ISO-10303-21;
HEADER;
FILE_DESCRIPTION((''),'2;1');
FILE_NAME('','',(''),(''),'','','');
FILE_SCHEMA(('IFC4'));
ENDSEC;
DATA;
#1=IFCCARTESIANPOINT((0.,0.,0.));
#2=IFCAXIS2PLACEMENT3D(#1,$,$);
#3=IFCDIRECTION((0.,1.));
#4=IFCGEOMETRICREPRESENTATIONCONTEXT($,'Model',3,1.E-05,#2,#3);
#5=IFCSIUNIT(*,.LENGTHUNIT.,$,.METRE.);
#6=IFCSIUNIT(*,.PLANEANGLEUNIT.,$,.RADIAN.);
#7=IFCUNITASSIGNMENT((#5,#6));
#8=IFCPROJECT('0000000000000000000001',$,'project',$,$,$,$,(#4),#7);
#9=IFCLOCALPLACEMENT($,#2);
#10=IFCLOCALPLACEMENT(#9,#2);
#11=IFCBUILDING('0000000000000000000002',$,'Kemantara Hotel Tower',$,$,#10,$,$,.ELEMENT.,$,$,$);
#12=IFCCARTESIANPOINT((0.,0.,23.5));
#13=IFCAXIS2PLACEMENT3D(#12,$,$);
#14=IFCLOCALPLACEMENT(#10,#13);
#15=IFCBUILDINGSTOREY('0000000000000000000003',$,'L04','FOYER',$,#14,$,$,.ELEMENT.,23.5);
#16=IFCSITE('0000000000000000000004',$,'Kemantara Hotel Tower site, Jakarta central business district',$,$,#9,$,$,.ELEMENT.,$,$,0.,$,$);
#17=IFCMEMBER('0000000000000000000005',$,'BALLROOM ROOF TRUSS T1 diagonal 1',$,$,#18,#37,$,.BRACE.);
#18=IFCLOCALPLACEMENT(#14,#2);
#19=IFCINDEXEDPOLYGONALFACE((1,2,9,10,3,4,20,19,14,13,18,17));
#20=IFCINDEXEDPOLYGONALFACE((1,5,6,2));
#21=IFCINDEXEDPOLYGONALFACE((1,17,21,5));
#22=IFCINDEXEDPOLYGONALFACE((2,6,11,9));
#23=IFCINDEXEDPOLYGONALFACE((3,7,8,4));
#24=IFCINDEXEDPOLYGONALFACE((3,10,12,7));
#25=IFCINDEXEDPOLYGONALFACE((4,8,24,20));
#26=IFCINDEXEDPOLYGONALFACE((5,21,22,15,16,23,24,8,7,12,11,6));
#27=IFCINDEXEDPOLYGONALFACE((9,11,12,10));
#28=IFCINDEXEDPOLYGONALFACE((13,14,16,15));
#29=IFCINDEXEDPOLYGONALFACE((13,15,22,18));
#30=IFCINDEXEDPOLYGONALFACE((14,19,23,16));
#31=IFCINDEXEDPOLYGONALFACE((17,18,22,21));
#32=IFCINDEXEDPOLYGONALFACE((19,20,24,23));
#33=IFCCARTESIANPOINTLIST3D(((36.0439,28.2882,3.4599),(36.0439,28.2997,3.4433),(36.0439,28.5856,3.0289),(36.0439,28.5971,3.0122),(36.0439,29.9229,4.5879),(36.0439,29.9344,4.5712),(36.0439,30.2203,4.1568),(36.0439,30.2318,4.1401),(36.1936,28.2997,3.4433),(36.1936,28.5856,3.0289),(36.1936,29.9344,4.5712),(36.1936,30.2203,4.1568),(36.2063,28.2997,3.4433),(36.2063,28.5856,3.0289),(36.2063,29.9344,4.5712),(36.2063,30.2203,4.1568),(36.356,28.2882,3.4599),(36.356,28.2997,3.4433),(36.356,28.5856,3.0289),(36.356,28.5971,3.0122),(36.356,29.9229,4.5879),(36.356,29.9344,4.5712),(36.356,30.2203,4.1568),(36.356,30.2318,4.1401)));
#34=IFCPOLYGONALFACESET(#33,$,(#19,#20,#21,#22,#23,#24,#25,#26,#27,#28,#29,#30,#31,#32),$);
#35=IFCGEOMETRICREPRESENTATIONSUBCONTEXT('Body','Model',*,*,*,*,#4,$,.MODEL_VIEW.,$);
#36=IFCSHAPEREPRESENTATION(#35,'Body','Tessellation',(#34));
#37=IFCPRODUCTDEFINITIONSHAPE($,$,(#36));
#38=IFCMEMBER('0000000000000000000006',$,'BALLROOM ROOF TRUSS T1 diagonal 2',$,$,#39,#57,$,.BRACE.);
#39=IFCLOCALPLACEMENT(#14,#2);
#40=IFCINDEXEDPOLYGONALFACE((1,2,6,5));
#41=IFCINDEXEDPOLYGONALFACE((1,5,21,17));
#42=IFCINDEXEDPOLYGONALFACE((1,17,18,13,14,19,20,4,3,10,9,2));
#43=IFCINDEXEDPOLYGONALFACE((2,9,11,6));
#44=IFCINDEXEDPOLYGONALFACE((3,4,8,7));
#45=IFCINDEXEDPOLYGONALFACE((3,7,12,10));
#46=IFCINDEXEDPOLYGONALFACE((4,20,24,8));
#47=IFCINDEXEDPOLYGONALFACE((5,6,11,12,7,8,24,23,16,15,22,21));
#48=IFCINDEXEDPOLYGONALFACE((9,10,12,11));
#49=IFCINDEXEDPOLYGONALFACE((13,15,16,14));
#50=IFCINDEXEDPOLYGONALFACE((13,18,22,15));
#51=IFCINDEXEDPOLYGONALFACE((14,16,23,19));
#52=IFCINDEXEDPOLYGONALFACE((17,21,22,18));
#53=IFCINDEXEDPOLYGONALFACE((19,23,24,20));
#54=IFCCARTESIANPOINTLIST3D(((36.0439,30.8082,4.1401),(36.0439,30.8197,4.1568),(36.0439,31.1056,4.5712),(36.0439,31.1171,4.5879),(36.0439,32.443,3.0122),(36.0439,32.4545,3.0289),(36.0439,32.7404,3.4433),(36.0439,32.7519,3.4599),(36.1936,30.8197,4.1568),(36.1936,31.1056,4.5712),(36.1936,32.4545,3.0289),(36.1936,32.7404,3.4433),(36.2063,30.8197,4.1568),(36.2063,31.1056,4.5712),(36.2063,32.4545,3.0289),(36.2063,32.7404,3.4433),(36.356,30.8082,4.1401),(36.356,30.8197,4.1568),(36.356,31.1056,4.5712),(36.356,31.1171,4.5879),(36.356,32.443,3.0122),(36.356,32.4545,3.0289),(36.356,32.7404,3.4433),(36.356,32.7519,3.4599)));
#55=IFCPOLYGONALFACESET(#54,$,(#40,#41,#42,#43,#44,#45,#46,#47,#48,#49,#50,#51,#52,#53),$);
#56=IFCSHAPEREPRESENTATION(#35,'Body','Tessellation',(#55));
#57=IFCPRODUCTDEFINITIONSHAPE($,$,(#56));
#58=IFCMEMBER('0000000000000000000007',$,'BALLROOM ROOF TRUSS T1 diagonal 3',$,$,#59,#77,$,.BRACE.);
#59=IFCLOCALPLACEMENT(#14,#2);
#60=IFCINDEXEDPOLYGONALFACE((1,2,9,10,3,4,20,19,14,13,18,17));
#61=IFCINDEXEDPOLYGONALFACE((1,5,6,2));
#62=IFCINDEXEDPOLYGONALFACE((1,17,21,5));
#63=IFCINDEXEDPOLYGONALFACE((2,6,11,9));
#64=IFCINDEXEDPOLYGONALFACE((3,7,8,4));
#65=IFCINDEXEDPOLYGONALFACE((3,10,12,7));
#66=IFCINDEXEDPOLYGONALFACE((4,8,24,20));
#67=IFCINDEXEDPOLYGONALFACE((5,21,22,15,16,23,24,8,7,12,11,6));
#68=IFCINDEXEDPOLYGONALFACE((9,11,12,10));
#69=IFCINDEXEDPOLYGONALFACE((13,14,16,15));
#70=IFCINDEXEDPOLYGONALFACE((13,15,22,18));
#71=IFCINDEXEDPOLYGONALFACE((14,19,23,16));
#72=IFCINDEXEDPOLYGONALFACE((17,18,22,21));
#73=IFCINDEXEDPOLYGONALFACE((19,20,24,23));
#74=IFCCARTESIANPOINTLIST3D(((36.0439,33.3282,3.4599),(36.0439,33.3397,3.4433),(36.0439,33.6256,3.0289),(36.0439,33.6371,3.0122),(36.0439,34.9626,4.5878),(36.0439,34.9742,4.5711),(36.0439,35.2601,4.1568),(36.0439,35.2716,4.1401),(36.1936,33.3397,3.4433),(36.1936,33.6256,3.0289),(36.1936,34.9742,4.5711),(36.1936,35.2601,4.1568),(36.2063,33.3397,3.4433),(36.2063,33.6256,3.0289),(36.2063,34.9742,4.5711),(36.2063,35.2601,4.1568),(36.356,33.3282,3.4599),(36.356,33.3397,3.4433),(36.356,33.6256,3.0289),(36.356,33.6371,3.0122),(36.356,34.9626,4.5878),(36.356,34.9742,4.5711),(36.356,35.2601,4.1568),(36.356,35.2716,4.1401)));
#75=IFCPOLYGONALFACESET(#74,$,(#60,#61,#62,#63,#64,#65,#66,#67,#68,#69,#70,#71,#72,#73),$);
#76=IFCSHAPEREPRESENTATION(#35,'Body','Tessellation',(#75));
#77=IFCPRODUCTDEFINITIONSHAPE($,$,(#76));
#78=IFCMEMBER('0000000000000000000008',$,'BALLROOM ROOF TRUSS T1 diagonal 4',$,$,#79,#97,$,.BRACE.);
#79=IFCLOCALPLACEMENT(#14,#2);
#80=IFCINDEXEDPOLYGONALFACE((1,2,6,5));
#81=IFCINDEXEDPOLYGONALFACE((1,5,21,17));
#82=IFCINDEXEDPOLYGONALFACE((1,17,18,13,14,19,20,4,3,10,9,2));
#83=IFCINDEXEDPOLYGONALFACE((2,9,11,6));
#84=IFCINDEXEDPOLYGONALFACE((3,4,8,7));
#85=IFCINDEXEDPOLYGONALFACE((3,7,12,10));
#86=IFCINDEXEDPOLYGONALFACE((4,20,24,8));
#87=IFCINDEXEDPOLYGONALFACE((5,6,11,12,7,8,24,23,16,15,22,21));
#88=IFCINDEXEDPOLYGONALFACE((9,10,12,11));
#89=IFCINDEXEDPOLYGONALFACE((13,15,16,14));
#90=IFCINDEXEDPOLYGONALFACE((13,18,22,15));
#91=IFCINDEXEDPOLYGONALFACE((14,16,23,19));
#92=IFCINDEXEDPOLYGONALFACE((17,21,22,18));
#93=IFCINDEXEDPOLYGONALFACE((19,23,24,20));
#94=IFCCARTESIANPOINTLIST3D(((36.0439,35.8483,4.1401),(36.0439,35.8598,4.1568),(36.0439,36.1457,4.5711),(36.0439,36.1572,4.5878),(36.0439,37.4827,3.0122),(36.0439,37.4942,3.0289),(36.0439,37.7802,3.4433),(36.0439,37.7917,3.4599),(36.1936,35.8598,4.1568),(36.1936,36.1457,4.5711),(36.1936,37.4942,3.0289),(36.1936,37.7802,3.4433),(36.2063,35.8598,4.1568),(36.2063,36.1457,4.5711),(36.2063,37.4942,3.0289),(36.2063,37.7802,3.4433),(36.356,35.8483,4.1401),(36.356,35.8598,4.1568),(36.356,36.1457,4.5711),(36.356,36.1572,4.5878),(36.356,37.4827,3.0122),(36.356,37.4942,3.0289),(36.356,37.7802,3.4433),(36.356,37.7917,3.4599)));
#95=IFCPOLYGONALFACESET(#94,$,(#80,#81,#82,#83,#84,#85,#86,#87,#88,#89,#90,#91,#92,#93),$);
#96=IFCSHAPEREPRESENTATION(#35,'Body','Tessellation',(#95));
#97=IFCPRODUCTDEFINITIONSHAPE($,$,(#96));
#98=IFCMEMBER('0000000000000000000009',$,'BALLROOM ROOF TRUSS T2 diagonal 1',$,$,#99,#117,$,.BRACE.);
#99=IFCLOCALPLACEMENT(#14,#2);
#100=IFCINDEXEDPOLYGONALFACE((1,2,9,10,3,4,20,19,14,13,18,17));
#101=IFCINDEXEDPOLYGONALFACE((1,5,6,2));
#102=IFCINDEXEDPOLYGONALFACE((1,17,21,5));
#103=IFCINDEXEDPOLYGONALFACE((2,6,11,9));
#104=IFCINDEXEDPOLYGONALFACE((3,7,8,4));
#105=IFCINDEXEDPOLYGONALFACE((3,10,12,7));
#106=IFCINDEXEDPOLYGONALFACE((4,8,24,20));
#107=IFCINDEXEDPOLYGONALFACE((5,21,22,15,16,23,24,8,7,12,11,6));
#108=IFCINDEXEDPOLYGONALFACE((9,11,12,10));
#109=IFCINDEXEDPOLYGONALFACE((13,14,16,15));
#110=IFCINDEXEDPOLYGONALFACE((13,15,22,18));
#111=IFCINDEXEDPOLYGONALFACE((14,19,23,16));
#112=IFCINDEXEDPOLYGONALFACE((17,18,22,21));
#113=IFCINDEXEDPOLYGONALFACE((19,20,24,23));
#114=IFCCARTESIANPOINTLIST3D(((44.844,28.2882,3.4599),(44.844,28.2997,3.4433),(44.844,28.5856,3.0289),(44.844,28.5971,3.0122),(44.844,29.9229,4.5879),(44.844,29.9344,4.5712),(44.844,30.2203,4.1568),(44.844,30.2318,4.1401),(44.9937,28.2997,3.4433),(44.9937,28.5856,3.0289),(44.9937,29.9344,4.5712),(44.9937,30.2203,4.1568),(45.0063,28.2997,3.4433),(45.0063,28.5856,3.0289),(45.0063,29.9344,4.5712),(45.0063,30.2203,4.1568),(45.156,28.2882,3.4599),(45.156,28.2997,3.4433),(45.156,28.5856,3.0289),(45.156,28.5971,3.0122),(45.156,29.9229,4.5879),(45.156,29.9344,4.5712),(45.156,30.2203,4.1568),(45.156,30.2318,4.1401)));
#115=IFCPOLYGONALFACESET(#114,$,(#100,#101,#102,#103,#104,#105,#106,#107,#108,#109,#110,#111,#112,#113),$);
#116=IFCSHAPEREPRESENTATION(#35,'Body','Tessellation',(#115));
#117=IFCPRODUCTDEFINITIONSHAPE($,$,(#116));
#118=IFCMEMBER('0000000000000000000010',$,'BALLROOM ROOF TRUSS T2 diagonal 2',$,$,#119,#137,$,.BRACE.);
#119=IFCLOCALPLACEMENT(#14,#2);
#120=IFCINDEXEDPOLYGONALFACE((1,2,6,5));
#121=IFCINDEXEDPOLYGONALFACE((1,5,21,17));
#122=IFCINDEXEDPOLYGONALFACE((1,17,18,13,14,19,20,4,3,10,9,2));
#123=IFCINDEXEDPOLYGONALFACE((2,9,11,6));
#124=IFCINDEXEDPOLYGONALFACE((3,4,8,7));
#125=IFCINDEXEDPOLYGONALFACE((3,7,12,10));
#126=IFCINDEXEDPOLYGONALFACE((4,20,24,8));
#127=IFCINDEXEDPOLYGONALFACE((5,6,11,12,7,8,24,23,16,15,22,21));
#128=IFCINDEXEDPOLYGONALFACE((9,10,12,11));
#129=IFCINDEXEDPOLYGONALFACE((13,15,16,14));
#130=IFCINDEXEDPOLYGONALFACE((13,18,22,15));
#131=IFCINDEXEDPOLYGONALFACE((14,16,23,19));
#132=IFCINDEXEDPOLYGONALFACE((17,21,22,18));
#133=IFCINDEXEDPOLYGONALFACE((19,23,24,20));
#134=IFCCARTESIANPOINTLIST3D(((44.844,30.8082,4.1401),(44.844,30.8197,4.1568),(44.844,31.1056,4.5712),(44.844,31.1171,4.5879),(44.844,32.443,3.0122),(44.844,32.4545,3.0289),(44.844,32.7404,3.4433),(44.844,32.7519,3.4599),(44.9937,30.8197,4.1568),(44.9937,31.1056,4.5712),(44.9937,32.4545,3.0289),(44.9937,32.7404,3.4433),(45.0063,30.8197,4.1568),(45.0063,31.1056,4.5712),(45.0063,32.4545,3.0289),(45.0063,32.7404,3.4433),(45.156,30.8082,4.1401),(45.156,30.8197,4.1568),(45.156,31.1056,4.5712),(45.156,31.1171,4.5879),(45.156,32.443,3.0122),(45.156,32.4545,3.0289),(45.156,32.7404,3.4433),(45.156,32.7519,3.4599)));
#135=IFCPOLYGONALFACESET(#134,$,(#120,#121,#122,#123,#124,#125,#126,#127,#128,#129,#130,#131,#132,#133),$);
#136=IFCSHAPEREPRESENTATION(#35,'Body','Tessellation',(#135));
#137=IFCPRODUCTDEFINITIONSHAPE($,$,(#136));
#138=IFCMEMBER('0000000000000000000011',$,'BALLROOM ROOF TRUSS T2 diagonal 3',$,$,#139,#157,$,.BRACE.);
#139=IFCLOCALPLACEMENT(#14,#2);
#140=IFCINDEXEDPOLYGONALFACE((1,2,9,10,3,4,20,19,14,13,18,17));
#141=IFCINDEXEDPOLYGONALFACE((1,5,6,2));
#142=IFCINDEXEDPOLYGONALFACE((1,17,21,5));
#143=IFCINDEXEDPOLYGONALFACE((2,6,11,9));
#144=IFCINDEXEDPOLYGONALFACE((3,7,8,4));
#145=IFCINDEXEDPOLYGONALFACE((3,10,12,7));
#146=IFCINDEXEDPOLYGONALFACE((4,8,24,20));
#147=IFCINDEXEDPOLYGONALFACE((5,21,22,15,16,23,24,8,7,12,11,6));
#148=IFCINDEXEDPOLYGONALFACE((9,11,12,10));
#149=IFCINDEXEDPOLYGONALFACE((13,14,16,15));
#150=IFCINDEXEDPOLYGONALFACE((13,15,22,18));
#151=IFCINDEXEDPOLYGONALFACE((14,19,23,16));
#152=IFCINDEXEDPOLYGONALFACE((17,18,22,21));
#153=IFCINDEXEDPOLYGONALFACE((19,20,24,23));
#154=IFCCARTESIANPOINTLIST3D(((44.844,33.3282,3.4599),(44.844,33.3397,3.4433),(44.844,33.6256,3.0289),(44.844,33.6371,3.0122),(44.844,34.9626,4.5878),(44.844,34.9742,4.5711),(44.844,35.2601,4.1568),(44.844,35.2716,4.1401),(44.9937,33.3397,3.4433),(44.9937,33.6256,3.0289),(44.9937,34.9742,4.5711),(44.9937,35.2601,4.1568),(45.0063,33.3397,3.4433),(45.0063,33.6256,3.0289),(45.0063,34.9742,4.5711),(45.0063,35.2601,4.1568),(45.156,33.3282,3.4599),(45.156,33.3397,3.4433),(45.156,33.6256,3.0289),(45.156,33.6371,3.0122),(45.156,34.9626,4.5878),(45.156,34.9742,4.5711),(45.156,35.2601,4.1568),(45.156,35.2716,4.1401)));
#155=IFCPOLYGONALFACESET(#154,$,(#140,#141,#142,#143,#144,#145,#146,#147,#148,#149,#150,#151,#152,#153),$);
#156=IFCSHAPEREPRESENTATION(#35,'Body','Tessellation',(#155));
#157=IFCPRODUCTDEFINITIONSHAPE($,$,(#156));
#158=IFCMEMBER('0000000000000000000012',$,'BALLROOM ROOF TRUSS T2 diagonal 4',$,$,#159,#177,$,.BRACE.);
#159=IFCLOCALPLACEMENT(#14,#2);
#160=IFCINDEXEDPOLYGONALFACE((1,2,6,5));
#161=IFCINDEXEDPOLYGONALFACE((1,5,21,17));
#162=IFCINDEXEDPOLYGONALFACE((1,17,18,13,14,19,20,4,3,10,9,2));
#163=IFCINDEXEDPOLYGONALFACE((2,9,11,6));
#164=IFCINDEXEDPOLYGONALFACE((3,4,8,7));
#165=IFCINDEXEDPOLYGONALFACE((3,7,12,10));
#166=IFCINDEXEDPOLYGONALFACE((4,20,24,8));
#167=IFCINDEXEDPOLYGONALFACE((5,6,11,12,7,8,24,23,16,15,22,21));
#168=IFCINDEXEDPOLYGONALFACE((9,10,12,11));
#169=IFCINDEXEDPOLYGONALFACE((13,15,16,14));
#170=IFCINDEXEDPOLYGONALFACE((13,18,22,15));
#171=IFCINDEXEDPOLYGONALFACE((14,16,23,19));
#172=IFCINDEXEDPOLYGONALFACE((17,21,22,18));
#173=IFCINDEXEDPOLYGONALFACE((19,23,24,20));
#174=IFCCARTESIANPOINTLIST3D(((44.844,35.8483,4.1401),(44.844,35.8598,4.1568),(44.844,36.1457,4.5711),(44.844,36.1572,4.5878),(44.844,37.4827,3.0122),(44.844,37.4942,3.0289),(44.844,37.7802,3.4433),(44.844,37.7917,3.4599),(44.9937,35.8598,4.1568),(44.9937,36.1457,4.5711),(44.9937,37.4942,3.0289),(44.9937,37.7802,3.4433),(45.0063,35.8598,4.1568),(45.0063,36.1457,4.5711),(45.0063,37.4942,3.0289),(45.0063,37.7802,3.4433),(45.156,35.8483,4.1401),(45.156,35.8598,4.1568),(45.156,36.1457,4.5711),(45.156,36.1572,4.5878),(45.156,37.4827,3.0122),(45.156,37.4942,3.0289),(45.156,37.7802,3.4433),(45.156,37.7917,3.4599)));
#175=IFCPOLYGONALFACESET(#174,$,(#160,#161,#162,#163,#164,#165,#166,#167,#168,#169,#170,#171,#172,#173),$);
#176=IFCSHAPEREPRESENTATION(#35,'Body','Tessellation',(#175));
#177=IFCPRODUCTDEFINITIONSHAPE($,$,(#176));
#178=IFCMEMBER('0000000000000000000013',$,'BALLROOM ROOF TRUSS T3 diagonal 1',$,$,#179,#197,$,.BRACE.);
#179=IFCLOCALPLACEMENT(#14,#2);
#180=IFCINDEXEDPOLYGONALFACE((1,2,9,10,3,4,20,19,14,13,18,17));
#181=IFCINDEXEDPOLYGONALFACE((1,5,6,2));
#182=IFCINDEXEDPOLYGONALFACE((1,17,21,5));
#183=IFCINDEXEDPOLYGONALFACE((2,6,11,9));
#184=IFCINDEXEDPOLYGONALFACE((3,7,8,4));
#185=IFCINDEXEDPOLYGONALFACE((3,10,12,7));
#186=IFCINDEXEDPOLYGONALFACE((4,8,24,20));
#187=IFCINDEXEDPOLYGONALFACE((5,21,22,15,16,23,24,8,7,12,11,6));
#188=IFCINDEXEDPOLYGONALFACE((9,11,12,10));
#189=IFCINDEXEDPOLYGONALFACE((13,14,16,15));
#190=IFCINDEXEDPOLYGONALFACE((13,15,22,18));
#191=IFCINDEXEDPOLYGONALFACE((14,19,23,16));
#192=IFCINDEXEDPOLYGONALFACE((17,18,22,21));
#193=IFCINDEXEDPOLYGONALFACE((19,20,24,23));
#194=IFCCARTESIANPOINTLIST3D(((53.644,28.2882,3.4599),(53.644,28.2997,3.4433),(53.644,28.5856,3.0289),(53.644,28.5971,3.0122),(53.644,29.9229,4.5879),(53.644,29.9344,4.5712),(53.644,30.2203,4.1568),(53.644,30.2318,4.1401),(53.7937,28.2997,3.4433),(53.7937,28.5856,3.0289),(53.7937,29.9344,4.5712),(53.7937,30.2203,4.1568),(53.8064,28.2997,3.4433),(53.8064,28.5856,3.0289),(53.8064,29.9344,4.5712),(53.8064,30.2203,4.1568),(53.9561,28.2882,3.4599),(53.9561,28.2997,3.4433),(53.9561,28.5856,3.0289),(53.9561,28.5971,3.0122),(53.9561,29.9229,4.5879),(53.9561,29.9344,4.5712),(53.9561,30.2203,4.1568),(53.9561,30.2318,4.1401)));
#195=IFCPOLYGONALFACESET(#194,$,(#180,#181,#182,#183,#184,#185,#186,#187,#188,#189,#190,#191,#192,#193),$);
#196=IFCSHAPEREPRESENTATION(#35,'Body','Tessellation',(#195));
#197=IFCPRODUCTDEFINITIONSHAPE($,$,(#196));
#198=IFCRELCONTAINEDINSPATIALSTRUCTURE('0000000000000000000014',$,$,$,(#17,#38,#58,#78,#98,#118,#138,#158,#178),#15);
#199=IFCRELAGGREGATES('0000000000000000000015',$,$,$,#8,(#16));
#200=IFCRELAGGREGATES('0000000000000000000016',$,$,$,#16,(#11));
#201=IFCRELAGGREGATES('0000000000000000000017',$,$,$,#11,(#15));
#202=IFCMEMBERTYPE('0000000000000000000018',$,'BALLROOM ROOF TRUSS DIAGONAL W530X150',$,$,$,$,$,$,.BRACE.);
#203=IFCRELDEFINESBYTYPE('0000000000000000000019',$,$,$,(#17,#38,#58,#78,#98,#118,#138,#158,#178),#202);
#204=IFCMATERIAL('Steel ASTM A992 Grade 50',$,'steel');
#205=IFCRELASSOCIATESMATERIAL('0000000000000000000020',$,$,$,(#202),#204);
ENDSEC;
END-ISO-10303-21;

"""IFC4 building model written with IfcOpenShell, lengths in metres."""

from ifc_helpers import new_model, si_unit, direction, frame, origin, origin_2d, place, context, subcontext, project, spatial, i_section, extrude, material, material_profile, profile_set, type_object, element, save


model = new_model("IFC4")

# Units and contexts
model_context = context("Model", 3, precision=1e-05, world=origin(), true_north=direction((0.0, 1.0)))
body_context = subcontext(model_context, "Body", "Model", "MODEL_VIEW")
ifc_project = project(units=[si_unit("LENGTHUNIT", "METRE"), si_unit("PLANEANGLEUNIT", "RADIAN")], contexts=[model_context])

# Site, building, storey
site_placement = place(None, origin())
site = spatial("IfcSite", under=ifc_project, at=site_placement, Name="Kemantara Hotel Tower site, Jakarta central business district", CompositionType="ELEMENT", RefElevation=0.0)
building_placement = place(site_placement, origin())
building = spatial("IfcBuilding", under=site, at=building_placement, Name="Kemantara Hotel Tower", CompositionType="ELEMENT")
storey_placement = place(building_placement, frame((0.0, 0.0, 23.5)))
storey = spatial("IfcBuildingStorey", under=building, at=storey_placement, Name="L04", Description="FOYER", CompositionType="ELEMENT", Elevation=23.5)

# Shared definitions
ifc_material_1 = material(Name="Steel ASTM A992 Grade 50", Category="steel")

# Members
ifc_material_profile_1 = material_profile(ifc_material_1, i_section(OverallWidth=0.312, OverallDepth=0.5439, WebThickness=0.0127, FlangeThickness=0.0203, at=origin_2d()), Name="W530X150")
ifc_profile_set_1 = profile_set([ifc_material_profile_1], Name="Steel ASTM A992 Grade 50")
member_type_1 = type_object("IfcMemberType", Name="BALLROOM ROOF TRUSS DIAGONAL W530X150", PredefinedType="BRACE", material=ifc_profile_set_1)
for number, where, z_axis, x_axis, name in (
    (1, (36.2, 28.4426, 3.2361), (0.0, 0.823094, 0.567905), (-1.0, 0.0, 0.0), "BALLROOM ROOF TRUSS T1 diagonal 1"),
    (2, (36.2, 32.5974, 3.2361), (0.0, -0.823094, 0.567905), (1.0, 0.0, 0.0), "BALLROOM ROOF TRUSS T1 diagonal 2"),
):
    element("IfcMember", number, at=place(storey_placement, frame(where, z_axis=z_axis, x_axis=x_axis)), inside=storey, type_object=member_type_1, Name=name, PredefinedType="BRACE", context=body_context, shape_type="SweptSolid", body=[
        extrude(i_section(OverallWidth=0.312, OverallDepth=0.5439, WebThickness=0.0127, FlangeThickness=0.0203, at=origin_2d()), origin(), (0.0, 0.0, 1.0), 1.9861),
    ])
for number, where, z_axis, x_axis, name in (
    (3, (36.2, 33.4827, 3.2361), (0.0, 0.823054, 0.567963), (-1.0, 0.0, 0.0), "BALLROOM ROOF TRUSS T1 diagonal 3"),
    (4, (36.2, 37.6372, 3.2361), (0.0, -0.823054, 0.567963), (1.0, 0.0, 0.0), "BALLROOM ROOF TRUSS T1 diagonal 4"),
):
    element("IfcMember", number, at=place(storey_placement, frame(where, z_axis=z_axis, x_axis=x_axis)), inside=storey, type_object=member_type_1, Name=name, PredefinedType="BRACE", context=body_context, shape_type="SweptSolid", body=[
        extrude(i_section(OverallWidth=0.312, OverallDepth=0.5439, WebThickness=0.0127, FlangeThickness=0.0203, at=origin_2d()), origin(), (0.0, 0.0, 1.0), 1.9858),
    ])
for number, where, z_axis, x_axis, name in (
    (5, (45.0, 28.4426, 3.2361), (0.0, 0.823094, 0.567905), (-1.0, 0.0, 0.0), "BALLROOM ROOF TRUSS T2 diagonal 1"),
    (6, (45.0, 32.5974, 3.2361), (0.0, -0.823094, 0.567905), (1.0, 0.0, 0.0), "BALLROOM ROOF TRUSS T2 diagonal 2"),
):
    element("IfcMember", number, at=place(storey_placement, frame(where, z_axis=z_axis, x_axis=x_axis)), inside=storey, type_object=member_type_1, Name=name, PredefinedType="BRACE", context=body_context, shape_type="SweptSolid", body=[
        extrude(i_section(OverallWidth=0.312, OverallDepth=0.5439, WebThickness=0.0127, FlangeThickness=0.0203, at=origin_2d()), origin(), (0.0, 0.0, 1.0), 1.9861),
    ])
for number, where, z_axis, x_axis, name in (
    (7, (45.0, 33.4827, 3.2361), (0.0, 0.823054, 0.567963), (-1.0, 0.0, 0.0), "BALLROOM ROOF TRUSS T2 diagonal 3"),
    (8, (45.0, 37.6372, 3.2361), (0.0, -0.823054, 0.567963), (1.0, 0.0, 0.0), "BALLROOM ROOF TRUSS T2 diagonal 4"),
):
    element("IfcMember", number, at=place(storey_placement, frame(where, z_axis=z_axis, x_axis=x_axis)), inside=storey, type_object=member_type_1, Name=name, PredefinedType="BRACE", context=body_context, shape_type="SweptSolid", body=[
        extrude(i_section(OverallWidth=0.312, OverallDepth=0.5439, WebThickness=0.0127, FlangeThickness=0.0203, at=origin_2d()), origin(), (0.0, 0.0, 1.0), 1.9858),
    ])
for number, where, z_axis, x_axis, name in (
    (9, (53.8, 28.4426, 3.2361), (0.0, 0.823094, 0.567905), (-1.0, 0.0, 0.0), "BALLROOM ROOF TRUSS T3 diagonal 1"),
):
    element("IfcMember", number, at=place(storey_placement, frame(where, z_axis=z_axis, x_axis=x_axis)), inside=storey, type_object=member_type_1, Name=name, PredefinedType="BRACE", context=body_context, shape_type="SweptSolid", body=[
        extrude(i_section(OverallWidth=0.312, OverallDepth=0.5439, WebThickness=0.0127, FlangeThickness=0.0203, at=origin_2d()), origin(), (0.0, 0.0, 1.0), 1.9861),
    ])

save(model, "model.ifc")
